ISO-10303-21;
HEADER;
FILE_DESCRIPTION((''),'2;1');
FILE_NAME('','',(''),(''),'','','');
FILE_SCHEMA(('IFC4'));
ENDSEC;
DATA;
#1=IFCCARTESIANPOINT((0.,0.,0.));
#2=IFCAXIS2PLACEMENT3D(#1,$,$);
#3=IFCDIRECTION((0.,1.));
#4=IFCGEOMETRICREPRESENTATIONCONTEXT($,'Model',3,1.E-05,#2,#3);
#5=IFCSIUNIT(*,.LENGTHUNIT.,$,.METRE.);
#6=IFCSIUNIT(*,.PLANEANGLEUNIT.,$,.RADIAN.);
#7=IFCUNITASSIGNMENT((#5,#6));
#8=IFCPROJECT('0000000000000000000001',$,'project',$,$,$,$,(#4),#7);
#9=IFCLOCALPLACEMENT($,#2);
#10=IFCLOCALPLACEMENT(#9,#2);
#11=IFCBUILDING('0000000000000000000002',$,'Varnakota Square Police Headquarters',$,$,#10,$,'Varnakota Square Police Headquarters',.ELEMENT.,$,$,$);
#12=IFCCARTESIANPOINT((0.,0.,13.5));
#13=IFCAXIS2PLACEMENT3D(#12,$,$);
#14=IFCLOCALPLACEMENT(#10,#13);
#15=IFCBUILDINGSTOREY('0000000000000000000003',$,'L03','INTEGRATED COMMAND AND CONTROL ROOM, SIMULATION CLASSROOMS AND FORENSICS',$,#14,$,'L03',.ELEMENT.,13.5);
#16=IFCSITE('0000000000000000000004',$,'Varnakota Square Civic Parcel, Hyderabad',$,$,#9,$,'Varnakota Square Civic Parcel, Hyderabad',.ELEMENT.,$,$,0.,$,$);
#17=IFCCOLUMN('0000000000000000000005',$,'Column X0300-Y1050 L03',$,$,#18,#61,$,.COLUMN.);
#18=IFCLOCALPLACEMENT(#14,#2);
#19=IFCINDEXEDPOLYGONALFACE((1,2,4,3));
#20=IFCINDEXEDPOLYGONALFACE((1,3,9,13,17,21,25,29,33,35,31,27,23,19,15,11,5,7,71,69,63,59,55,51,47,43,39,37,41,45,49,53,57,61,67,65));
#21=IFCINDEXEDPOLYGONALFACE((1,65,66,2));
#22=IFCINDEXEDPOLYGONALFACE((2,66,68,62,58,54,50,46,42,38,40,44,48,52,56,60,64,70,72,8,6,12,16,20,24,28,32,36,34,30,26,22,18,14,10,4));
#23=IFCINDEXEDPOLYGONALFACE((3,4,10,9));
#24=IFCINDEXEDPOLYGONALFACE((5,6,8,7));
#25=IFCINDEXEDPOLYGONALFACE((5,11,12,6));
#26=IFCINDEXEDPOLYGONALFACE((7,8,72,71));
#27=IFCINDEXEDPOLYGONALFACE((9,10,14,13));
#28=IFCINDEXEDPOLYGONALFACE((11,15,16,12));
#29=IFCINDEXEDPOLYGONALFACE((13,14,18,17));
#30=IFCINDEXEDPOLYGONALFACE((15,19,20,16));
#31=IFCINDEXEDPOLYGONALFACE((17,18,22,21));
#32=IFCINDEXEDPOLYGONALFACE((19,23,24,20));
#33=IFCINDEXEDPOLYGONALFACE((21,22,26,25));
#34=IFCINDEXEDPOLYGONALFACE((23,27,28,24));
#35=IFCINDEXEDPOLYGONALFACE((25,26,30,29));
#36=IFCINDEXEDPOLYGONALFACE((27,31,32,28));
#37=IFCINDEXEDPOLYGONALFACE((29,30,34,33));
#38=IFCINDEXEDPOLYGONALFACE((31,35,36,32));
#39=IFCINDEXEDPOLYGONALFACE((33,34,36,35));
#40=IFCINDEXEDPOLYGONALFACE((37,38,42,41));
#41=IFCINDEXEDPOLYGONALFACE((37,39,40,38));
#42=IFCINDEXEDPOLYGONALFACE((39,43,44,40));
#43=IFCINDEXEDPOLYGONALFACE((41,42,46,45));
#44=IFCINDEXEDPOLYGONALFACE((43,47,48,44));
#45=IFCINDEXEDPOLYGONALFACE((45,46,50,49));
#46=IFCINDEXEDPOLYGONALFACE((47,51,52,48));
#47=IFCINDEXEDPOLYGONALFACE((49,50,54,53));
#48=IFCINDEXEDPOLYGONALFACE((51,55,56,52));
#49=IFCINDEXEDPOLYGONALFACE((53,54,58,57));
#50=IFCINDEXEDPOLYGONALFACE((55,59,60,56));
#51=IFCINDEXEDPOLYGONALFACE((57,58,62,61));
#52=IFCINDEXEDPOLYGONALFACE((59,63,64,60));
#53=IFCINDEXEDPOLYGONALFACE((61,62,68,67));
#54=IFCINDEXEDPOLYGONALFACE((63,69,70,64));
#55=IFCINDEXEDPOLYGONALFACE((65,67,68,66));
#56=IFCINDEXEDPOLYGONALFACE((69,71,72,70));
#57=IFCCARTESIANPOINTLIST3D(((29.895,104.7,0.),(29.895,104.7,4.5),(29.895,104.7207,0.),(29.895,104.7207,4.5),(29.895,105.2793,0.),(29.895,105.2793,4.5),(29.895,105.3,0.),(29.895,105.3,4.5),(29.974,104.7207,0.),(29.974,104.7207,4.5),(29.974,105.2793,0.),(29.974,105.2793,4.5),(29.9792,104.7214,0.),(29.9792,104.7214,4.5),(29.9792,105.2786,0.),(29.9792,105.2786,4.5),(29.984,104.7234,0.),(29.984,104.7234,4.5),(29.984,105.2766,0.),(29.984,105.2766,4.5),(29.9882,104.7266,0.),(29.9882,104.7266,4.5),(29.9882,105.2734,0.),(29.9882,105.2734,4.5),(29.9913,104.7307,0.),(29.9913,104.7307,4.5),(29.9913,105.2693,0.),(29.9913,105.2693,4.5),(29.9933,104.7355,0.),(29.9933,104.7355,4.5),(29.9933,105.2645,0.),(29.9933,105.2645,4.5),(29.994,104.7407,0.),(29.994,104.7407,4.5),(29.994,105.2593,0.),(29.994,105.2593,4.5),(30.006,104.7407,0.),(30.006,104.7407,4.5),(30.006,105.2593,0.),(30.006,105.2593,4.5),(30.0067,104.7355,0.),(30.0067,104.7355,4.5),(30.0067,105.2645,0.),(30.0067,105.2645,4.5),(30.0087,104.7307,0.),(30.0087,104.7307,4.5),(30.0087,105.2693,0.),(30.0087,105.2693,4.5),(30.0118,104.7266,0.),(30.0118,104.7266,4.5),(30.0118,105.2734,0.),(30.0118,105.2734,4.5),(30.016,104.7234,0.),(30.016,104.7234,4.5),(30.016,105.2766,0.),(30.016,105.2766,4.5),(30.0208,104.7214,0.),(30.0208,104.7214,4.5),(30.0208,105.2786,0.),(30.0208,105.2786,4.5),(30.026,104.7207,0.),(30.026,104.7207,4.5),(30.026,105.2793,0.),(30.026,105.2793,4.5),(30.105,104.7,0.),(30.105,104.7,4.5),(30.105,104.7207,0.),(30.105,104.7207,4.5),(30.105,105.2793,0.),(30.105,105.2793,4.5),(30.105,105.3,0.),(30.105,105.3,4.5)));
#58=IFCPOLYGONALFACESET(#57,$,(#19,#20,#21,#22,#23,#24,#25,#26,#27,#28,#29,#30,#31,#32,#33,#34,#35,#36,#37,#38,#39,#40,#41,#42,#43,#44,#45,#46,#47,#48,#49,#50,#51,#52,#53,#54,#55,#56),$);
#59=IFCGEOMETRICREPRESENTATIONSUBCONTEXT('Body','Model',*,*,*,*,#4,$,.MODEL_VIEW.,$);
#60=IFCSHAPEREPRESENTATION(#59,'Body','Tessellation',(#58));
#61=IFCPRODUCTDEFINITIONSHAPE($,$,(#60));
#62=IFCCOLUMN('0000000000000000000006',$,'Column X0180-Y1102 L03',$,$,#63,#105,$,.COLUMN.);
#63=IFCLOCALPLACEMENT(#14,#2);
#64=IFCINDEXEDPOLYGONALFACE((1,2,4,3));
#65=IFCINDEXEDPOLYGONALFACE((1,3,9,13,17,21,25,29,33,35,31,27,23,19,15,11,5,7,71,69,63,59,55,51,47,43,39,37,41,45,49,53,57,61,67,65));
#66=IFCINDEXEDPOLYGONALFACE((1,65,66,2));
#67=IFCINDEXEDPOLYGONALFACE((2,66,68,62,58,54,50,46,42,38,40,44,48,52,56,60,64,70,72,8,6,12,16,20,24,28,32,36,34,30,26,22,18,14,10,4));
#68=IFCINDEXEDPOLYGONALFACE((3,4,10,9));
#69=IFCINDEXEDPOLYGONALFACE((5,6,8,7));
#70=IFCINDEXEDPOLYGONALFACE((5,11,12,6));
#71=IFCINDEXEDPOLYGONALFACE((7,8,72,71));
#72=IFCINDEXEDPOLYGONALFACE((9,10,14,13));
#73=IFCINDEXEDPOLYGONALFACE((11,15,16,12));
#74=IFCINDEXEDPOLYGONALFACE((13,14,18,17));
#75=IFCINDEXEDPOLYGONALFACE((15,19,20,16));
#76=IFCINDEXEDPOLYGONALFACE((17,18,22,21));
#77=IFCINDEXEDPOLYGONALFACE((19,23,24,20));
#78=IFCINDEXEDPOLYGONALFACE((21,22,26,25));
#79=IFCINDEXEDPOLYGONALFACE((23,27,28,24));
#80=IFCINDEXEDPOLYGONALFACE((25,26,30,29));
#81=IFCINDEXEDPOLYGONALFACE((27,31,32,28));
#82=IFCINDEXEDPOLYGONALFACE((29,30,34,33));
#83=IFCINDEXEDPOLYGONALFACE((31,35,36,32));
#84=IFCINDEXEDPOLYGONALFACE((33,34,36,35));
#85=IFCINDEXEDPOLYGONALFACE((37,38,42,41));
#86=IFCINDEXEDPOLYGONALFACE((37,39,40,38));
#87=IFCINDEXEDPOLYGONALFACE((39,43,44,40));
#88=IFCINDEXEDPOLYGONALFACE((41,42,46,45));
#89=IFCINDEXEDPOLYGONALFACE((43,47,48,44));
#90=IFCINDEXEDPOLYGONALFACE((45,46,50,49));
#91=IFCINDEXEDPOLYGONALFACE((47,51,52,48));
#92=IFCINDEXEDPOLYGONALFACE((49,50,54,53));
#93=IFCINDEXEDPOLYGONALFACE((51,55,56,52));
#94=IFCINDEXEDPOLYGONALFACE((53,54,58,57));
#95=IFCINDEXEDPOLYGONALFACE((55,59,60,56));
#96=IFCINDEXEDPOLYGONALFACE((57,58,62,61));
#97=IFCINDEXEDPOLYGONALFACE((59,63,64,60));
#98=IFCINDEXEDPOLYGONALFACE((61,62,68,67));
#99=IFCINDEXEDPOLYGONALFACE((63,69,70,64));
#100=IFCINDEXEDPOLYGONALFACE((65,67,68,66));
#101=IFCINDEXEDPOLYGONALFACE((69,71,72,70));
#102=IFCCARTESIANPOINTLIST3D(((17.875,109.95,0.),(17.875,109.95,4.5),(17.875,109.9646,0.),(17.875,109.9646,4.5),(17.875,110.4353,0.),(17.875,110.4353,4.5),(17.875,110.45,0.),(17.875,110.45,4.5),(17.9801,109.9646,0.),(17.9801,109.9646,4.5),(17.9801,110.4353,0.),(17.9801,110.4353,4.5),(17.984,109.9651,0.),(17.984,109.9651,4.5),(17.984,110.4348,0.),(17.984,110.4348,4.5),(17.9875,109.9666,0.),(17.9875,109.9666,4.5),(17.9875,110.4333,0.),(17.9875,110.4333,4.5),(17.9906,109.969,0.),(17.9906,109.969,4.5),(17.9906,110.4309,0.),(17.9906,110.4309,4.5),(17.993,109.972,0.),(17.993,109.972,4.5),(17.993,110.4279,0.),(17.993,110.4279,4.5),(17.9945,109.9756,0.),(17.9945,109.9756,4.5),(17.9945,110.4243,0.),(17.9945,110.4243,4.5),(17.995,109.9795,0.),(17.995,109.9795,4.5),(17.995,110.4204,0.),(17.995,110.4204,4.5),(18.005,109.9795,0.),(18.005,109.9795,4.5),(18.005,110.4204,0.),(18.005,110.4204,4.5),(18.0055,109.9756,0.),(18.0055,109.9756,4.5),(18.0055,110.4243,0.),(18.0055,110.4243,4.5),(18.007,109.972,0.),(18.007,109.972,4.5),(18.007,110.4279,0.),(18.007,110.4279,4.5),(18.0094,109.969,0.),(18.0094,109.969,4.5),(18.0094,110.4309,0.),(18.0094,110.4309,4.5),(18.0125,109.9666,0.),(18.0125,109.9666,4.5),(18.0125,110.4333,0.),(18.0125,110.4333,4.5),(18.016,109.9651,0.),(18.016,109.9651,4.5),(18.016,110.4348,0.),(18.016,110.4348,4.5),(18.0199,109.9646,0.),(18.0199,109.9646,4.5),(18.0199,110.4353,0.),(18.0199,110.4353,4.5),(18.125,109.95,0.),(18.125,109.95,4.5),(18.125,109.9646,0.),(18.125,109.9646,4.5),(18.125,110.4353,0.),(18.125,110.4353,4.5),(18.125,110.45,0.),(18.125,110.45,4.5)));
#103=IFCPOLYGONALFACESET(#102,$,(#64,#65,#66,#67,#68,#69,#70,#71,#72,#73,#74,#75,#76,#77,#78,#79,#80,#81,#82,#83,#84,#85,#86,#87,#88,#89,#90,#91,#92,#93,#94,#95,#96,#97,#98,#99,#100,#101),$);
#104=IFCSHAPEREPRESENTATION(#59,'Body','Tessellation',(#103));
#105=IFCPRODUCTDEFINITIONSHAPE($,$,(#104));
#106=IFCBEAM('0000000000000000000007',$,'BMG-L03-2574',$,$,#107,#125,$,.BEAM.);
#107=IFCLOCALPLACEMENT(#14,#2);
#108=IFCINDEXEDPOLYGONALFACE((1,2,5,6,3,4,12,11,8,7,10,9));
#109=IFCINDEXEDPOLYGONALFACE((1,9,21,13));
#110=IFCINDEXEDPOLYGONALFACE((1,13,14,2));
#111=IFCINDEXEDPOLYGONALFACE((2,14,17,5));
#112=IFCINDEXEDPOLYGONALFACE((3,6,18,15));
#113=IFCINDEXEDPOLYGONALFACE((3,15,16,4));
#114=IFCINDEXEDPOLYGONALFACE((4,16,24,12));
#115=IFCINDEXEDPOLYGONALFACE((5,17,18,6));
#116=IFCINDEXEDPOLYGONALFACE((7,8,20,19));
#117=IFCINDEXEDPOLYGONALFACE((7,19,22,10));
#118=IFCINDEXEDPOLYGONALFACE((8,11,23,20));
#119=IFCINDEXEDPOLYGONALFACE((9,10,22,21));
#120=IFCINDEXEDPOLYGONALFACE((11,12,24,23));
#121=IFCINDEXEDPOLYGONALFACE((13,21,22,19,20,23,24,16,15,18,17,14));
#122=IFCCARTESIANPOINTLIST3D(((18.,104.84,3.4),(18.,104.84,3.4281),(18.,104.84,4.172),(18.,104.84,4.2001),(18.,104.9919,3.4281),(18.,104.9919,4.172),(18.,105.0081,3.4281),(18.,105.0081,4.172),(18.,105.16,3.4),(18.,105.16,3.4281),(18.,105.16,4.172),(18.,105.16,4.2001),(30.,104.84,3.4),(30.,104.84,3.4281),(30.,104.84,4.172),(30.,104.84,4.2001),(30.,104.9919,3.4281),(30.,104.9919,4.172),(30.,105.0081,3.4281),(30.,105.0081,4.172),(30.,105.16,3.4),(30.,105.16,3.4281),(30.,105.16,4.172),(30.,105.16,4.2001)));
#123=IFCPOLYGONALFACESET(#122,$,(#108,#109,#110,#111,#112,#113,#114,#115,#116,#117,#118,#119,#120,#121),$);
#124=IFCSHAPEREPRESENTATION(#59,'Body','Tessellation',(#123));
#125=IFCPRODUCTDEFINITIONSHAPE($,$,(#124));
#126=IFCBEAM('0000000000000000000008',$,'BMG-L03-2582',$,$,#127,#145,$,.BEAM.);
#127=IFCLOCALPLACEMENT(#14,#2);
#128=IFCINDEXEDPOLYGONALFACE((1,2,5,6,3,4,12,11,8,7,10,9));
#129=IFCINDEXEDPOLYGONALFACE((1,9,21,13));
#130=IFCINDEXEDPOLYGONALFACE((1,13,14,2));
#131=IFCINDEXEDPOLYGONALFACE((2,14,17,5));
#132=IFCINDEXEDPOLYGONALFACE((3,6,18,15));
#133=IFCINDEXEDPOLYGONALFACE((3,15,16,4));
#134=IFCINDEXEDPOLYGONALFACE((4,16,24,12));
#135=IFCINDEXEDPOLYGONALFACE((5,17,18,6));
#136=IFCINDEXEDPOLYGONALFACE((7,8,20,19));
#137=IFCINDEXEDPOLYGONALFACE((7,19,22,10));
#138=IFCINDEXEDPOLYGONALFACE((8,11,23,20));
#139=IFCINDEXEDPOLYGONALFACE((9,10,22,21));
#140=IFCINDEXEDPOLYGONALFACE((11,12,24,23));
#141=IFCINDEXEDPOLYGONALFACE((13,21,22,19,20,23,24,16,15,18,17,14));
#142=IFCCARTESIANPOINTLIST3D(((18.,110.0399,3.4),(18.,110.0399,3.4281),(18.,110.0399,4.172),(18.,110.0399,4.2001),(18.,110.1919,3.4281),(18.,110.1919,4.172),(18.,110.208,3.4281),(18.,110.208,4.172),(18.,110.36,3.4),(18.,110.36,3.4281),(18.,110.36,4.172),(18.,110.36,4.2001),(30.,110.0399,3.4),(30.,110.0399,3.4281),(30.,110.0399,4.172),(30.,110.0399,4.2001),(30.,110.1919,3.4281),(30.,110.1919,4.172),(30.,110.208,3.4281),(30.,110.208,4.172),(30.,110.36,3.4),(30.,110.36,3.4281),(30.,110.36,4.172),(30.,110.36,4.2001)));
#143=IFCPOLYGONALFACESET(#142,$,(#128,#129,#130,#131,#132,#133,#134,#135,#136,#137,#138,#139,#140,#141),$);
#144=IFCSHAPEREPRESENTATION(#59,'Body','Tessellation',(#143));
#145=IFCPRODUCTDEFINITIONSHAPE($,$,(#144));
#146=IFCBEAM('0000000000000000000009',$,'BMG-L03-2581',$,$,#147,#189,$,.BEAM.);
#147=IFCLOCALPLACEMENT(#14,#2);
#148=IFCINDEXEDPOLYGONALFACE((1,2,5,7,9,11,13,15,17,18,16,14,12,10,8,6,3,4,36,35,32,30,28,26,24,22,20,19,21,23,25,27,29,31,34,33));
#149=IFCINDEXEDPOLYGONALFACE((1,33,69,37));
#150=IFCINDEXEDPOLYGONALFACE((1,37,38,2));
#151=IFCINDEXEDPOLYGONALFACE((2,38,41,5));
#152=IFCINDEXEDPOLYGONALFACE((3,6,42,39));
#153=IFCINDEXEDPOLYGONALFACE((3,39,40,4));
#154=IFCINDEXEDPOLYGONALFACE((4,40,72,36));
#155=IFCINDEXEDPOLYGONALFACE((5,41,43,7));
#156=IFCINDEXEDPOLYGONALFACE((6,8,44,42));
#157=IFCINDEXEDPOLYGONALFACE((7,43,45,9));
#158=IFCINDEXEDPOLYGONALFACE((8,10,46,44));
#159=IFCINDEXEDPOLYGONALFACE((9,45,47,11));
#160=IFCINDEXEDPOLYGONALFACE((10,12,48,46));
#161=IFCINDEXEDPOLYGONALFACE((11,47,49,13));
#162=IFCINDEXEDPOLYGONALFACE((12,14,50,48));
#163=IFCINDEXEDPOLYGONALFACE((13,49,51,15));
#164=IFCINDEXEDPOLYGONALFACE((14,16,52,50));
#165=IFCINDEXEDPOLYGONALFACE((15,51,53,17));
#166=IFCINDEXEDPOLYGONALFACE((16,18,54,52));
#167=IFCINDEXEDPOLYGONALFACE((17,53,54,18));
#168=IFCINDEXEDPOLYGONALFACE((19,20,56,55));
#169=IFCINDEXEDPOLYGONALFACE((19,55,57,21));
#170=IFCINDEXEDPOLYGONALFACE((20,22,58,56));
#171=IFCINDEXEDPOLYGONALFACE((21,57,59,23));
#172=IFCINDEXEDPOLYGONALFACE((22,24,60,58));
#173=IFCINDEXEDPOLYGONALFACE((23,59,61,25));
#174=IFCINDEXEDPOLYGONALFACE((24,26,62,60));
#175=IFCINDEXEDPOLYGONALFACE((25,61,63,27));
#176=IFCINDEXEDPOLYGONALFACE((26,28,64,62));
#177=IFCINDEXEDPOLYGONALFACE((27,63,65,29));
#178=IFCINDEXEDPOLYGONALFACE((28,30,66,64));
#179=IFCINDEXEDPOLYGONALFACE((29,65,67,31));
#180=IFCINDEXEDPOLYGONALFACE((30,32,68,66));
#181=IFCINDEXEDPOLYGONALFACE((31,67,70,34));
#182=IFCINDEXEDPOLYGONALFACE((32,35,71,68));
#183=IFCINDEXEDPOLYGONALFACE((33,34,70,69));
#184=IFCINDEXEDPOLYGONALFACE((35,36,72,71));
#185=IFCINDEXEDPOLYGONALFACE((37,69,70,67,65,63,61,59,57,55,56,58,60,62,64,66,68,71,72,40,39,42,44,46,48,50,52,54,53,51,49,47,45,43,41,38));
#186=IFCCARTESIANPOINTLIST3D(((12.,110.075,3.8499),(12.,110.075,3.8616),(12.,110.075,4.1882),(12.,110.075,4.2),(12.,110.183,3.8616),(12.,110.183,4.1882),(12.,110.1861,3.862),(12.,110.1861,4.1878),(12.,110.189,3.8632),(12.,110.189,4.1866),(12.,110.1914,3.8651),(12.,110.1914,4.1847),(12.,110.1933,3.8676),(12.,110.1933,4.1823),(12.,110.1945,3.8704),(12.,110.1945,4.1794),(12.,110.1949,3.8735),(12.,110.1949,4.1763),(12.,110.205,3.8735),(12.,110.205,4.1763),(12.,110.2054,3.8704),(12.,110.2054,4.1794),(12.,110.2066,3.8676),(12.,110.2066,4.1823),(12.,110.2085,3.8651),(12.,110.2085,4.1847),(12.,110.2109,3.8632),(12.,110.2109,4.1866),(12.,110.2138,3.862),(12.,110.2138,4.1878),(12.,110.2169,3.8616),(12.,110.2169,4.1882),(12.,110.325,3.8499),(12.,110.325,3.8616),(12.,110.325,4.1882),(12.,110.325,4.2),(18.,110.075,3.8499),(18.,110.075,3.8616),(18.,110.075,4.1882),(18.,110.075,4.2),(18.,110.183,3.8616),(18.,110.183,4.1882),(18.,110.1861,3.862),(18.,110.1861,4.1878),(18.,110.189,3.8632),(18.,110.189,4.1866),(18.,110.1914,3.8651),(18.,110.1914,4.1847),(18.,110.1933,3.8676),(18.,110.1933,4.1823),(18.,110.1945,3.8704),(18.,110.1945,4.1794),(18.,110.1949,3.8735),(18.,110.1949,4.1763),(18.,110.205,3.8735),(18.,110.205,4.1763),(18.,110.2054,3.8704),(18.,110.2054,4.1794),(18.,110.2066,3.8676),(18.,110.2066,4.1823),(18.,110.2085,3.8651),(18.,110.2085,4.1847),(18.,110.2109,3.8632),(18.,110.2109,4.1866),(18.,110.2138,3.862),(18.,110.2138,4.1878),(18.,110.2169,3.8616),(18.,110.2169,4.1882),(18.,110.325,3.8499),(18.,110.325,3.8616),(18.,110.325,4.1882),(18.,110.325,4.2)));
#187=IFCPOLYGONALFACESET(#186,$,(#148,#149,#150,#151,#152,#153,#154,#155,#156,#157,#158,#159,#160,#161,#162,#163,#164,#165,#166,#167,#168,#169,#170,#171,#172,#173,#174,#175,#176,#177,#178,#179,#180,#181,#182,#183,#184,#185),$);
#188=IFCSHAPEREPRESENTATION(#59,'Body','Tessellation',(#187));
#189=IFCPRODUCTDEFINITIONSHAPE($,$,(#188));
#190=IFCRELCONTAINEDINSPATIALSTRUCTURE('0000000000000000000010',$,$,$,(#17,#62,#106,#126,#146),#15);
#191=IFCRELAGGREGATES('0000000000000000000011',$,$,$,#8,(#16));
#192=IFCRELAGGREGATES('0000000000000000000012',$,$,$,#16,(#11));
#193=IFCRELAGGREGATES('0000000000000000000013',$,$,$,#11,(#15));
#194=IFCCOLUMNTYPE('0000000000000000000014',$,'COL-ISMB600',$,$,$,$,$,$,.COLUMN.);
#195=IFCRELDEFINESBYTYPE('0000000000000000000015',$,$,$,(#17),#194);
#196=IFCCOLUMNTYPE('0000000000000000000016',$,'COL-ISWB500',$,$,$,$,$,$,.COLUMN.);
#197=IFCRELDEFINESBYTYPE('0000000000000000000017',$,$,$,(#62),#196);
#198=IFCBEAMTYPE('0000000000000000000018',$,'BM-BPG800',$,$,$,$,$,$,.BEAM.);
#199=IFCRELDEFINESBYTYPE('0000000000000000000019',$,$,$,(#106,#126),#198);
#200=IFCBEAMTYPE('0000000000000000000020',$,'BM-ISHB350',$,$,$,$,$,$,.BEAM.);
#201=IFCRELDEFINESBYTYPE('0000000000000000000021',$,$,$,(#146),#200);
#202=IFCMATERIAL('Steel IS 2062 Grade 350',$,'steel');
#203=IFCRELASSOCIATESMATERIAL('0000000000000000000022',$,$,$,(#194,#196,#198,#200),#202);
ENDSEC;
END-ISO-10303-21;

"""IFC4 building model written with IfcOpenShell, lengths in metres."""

from ifc_helpers import new_model, si_unit, direction, frame, origin, origin_2d, place, context, subcontext, project, spatial, i_section, extrude, material, material_profile, profile_set, type_object, element, save


model = new_model("IFC4")

# Units and contexts
model_context = context("Model", 3, precision=1e-05, world=origin(), true_north=direction((0.0, 1.0)))
body_context = subcontext(model_context, "Body", "Model", "MODEL_VIEW")
ifc_project = project(units=[si_unit("LENGTHUNIT", "METRE"), si_unit("PLANEANGLEUNIT", "RADIAN")], contexts=[model_context])

# Site, building, storey
site_placement = place(None, origin())
site = spatial("IfcSite", under=ifc_project, at=site_placement, Name="Varnakota Square Civic Parcel, Hyderabad", LongName="Varnakota Square Civic Parcel, Hyderabad", CompositionType="ELEMENT", RefElevation=0.0)
building_placement = place(site_placement, origin())
building = spatial("IfcBuilding", under=site, at=building_placement, Name="Varnakota Square Police Headquarters", LongName="Varnakota Square Police Headquarters", CompositionType="ELEMENT")
storey_placement = place(building_placement, frame((0.0, 0.0, 13.5)))
storey = spatial("IfcBuildingStorey", under=building, at=storey_placement, Name="L03", Description="INTEGRATED COMMAND AND CONTROL ROOM, SIMULATION CLASSROOMS AND FORENSICS", LongName="L03", CompositionType="ELEMENT", Elevation=13.5)

# Columns
ifc_material_1 = material(Name="Steel IS 2062 Grade 350", Category="steel")
ifc_material_profile_1 = material_profile(ifc_material_1, i_section(OverallWidth=0.21, OverallDepth=0.6001, WebThickness=0.012, FlangeThickness=0.0208, FilletRadius=0.02, at=origin_2d()), Name="ISMB 600")
ifc_profile_set_1 = profile_set([ifc_material_profile_1], Name="Steel IS 2062 Grade 350")
column_type_1 = type_object("IfcColumnType", Name="COL-ISMB600", PredefinedType="COLUMN", material=ifc_profile_set_1)
column_1_placement = place(storey_placement, frame((30.0, 105.0, 0.0), z_axis=(0.0, 0.0, 1.0), x_axis=(1.0, 0.0, 0.0)))
element("IfcColumn", 1, at=column_1_placement, inside=storey, type_object=column_type_1, Name="Column X0300-Y1050 L03", PredefinedType="COLUMN", context=body_context, shape_type="SweptSolid", body=[
    extrude(i_section(OverallWidth=0.21, OverallDepth=0.6001, WebThickness=0.012, FlangeThickness=0.0208, FilletRadius=0.02, at=origin_2d()), origin(), (0.0, 0.0, 1.0), 4.5),
])
ifc_material_profile_2 = material_profile(ifc_material_1, i_section(OverallWidth=0.25, OverallDepth=0.5, WebThickness=0.01, FlangeThickness=0.0146, FilletRadius=0.0149, at=origin_2d()), Name="ISWB 500")
ifc_profile_set_2 = profile_set([ifc_material_profile_2], Name="Steel IS 2062 Grade 350")
column_type_2 = type_object("IfcColumnType", Name="COL-ISWB500", PredefinedType="COLUMN", material=ifc_profile_set_2)
column_2_placement = place(storey_placement, frame((18.0, 110.2, 0.0), z_axis=(0.0, 0.0, 1.0), x_axis=(1.0, 0.0, 0.0)))
element("IfcColumn", 2, at=column_2_placement, inside=storey, type_object=column_type_2, Name="Column X0180-Y1102 L03", PredefinedType="COLUMN", context=body_context, shape_type="SweptSolid", body=[
    extrude(i_section(OverallWidth=0.25, OverallDepth=0.5, WebThickness=0.01, FlangeThickness=0.0146, FilletRadius=0.0149, at=origin_2d()), origin(), (0.0, 0.0, 1.0), 4.5),
])

# Beams
ifc_material_profile_3 = material_profile(ifc_material_1, i_section(OverallWidth=0.3201, OverallDepth=0.8, WebThickness=0.0161, FlangeThickness=0.0281, at=origin_2d()), Name="BPG 800x320")
ifc_profile_set_3 = profile_set([ifc_material_profile_3], Name="Steel IS 2062 Grade 350")
beam_type_1 = type_object("IfcBeamType", Name="BM-BPG800", PredefinedType="BEAM", material=ifc_profile_set_3)
for number, where, z_axis, x_axis, name in (
    (3, (18.0, 105.0, 3.8), (1.0, 0.0, 0.0), (0.0, 1.0, 0.0), "BMG-L03-2574"),
    (4, (18.0, 110.2, 3.8), (1.0, 0.0, 0.0), (0.0, 1.0, 0.0), "BMG-L03-2582"),
):
    element("IfcBeam", number, at=place(storey_placement, frame(where, z_axis=z_axis, x_axis=x_axis)), inside=storey, type_object=beam_type_1, Name=name, PredefinedType="BEAM", context=body_context, shape_type="SweptSolid", body=[
        extrude(i_section(OverallWidth=0.3201, OverallDepth=0.8, WebThickness=0.0161, FlangeThickness=0.0281, at=origin_2d()), origin(), (0.0, 0.0, 1.0), 12.0),
    ])
ifc_material_profile_4 = material_profile(ifc_material_1, i_section(OverallWidth=0.25, OverallDepth=0.3501, WebThickness=0.01, FlangeThickness=0.0117, FilletRadius=0.012, at=origin_2d()), Name="ISHB 350")
ifc_profile_set_4 = profile_set([ifc_material_profile_4], Name="Steel IS 2062 Grade 350")
beam_type_2 = type_object("IfcBeamType", Name="BM-ISHB350", PredefinedType="BEAM", material=ifc_profile_set_4)
for number, where, z_axis, x_axis, name in (
    (5, (12.0, 110.2, 4.0249), (1.0, 0.0, 0.0), (0.0, 1.0, 0.0), "BMG-L03-2581"),
):
    element("IfcBeam", number, at=place(storey_placement, frame(where, z_axis=z_axis, x_axis=x_axis)), inside=storey, type_object=beam_type_2, Name=name, PredefinedType="BEAM", context=body_context, shape_type="SweptSolid", body=[
        extrude(i_section(OverallWidth=0.25, OverallDepth=0.3501, WebThickness=0.01, FlangeThickness=0.0117, FilletRadius=0.012, at=origin_2d()), origin(), (0.0, 0.0, 1.0), 6.0),
    ])

save(model, "model.ifc")
